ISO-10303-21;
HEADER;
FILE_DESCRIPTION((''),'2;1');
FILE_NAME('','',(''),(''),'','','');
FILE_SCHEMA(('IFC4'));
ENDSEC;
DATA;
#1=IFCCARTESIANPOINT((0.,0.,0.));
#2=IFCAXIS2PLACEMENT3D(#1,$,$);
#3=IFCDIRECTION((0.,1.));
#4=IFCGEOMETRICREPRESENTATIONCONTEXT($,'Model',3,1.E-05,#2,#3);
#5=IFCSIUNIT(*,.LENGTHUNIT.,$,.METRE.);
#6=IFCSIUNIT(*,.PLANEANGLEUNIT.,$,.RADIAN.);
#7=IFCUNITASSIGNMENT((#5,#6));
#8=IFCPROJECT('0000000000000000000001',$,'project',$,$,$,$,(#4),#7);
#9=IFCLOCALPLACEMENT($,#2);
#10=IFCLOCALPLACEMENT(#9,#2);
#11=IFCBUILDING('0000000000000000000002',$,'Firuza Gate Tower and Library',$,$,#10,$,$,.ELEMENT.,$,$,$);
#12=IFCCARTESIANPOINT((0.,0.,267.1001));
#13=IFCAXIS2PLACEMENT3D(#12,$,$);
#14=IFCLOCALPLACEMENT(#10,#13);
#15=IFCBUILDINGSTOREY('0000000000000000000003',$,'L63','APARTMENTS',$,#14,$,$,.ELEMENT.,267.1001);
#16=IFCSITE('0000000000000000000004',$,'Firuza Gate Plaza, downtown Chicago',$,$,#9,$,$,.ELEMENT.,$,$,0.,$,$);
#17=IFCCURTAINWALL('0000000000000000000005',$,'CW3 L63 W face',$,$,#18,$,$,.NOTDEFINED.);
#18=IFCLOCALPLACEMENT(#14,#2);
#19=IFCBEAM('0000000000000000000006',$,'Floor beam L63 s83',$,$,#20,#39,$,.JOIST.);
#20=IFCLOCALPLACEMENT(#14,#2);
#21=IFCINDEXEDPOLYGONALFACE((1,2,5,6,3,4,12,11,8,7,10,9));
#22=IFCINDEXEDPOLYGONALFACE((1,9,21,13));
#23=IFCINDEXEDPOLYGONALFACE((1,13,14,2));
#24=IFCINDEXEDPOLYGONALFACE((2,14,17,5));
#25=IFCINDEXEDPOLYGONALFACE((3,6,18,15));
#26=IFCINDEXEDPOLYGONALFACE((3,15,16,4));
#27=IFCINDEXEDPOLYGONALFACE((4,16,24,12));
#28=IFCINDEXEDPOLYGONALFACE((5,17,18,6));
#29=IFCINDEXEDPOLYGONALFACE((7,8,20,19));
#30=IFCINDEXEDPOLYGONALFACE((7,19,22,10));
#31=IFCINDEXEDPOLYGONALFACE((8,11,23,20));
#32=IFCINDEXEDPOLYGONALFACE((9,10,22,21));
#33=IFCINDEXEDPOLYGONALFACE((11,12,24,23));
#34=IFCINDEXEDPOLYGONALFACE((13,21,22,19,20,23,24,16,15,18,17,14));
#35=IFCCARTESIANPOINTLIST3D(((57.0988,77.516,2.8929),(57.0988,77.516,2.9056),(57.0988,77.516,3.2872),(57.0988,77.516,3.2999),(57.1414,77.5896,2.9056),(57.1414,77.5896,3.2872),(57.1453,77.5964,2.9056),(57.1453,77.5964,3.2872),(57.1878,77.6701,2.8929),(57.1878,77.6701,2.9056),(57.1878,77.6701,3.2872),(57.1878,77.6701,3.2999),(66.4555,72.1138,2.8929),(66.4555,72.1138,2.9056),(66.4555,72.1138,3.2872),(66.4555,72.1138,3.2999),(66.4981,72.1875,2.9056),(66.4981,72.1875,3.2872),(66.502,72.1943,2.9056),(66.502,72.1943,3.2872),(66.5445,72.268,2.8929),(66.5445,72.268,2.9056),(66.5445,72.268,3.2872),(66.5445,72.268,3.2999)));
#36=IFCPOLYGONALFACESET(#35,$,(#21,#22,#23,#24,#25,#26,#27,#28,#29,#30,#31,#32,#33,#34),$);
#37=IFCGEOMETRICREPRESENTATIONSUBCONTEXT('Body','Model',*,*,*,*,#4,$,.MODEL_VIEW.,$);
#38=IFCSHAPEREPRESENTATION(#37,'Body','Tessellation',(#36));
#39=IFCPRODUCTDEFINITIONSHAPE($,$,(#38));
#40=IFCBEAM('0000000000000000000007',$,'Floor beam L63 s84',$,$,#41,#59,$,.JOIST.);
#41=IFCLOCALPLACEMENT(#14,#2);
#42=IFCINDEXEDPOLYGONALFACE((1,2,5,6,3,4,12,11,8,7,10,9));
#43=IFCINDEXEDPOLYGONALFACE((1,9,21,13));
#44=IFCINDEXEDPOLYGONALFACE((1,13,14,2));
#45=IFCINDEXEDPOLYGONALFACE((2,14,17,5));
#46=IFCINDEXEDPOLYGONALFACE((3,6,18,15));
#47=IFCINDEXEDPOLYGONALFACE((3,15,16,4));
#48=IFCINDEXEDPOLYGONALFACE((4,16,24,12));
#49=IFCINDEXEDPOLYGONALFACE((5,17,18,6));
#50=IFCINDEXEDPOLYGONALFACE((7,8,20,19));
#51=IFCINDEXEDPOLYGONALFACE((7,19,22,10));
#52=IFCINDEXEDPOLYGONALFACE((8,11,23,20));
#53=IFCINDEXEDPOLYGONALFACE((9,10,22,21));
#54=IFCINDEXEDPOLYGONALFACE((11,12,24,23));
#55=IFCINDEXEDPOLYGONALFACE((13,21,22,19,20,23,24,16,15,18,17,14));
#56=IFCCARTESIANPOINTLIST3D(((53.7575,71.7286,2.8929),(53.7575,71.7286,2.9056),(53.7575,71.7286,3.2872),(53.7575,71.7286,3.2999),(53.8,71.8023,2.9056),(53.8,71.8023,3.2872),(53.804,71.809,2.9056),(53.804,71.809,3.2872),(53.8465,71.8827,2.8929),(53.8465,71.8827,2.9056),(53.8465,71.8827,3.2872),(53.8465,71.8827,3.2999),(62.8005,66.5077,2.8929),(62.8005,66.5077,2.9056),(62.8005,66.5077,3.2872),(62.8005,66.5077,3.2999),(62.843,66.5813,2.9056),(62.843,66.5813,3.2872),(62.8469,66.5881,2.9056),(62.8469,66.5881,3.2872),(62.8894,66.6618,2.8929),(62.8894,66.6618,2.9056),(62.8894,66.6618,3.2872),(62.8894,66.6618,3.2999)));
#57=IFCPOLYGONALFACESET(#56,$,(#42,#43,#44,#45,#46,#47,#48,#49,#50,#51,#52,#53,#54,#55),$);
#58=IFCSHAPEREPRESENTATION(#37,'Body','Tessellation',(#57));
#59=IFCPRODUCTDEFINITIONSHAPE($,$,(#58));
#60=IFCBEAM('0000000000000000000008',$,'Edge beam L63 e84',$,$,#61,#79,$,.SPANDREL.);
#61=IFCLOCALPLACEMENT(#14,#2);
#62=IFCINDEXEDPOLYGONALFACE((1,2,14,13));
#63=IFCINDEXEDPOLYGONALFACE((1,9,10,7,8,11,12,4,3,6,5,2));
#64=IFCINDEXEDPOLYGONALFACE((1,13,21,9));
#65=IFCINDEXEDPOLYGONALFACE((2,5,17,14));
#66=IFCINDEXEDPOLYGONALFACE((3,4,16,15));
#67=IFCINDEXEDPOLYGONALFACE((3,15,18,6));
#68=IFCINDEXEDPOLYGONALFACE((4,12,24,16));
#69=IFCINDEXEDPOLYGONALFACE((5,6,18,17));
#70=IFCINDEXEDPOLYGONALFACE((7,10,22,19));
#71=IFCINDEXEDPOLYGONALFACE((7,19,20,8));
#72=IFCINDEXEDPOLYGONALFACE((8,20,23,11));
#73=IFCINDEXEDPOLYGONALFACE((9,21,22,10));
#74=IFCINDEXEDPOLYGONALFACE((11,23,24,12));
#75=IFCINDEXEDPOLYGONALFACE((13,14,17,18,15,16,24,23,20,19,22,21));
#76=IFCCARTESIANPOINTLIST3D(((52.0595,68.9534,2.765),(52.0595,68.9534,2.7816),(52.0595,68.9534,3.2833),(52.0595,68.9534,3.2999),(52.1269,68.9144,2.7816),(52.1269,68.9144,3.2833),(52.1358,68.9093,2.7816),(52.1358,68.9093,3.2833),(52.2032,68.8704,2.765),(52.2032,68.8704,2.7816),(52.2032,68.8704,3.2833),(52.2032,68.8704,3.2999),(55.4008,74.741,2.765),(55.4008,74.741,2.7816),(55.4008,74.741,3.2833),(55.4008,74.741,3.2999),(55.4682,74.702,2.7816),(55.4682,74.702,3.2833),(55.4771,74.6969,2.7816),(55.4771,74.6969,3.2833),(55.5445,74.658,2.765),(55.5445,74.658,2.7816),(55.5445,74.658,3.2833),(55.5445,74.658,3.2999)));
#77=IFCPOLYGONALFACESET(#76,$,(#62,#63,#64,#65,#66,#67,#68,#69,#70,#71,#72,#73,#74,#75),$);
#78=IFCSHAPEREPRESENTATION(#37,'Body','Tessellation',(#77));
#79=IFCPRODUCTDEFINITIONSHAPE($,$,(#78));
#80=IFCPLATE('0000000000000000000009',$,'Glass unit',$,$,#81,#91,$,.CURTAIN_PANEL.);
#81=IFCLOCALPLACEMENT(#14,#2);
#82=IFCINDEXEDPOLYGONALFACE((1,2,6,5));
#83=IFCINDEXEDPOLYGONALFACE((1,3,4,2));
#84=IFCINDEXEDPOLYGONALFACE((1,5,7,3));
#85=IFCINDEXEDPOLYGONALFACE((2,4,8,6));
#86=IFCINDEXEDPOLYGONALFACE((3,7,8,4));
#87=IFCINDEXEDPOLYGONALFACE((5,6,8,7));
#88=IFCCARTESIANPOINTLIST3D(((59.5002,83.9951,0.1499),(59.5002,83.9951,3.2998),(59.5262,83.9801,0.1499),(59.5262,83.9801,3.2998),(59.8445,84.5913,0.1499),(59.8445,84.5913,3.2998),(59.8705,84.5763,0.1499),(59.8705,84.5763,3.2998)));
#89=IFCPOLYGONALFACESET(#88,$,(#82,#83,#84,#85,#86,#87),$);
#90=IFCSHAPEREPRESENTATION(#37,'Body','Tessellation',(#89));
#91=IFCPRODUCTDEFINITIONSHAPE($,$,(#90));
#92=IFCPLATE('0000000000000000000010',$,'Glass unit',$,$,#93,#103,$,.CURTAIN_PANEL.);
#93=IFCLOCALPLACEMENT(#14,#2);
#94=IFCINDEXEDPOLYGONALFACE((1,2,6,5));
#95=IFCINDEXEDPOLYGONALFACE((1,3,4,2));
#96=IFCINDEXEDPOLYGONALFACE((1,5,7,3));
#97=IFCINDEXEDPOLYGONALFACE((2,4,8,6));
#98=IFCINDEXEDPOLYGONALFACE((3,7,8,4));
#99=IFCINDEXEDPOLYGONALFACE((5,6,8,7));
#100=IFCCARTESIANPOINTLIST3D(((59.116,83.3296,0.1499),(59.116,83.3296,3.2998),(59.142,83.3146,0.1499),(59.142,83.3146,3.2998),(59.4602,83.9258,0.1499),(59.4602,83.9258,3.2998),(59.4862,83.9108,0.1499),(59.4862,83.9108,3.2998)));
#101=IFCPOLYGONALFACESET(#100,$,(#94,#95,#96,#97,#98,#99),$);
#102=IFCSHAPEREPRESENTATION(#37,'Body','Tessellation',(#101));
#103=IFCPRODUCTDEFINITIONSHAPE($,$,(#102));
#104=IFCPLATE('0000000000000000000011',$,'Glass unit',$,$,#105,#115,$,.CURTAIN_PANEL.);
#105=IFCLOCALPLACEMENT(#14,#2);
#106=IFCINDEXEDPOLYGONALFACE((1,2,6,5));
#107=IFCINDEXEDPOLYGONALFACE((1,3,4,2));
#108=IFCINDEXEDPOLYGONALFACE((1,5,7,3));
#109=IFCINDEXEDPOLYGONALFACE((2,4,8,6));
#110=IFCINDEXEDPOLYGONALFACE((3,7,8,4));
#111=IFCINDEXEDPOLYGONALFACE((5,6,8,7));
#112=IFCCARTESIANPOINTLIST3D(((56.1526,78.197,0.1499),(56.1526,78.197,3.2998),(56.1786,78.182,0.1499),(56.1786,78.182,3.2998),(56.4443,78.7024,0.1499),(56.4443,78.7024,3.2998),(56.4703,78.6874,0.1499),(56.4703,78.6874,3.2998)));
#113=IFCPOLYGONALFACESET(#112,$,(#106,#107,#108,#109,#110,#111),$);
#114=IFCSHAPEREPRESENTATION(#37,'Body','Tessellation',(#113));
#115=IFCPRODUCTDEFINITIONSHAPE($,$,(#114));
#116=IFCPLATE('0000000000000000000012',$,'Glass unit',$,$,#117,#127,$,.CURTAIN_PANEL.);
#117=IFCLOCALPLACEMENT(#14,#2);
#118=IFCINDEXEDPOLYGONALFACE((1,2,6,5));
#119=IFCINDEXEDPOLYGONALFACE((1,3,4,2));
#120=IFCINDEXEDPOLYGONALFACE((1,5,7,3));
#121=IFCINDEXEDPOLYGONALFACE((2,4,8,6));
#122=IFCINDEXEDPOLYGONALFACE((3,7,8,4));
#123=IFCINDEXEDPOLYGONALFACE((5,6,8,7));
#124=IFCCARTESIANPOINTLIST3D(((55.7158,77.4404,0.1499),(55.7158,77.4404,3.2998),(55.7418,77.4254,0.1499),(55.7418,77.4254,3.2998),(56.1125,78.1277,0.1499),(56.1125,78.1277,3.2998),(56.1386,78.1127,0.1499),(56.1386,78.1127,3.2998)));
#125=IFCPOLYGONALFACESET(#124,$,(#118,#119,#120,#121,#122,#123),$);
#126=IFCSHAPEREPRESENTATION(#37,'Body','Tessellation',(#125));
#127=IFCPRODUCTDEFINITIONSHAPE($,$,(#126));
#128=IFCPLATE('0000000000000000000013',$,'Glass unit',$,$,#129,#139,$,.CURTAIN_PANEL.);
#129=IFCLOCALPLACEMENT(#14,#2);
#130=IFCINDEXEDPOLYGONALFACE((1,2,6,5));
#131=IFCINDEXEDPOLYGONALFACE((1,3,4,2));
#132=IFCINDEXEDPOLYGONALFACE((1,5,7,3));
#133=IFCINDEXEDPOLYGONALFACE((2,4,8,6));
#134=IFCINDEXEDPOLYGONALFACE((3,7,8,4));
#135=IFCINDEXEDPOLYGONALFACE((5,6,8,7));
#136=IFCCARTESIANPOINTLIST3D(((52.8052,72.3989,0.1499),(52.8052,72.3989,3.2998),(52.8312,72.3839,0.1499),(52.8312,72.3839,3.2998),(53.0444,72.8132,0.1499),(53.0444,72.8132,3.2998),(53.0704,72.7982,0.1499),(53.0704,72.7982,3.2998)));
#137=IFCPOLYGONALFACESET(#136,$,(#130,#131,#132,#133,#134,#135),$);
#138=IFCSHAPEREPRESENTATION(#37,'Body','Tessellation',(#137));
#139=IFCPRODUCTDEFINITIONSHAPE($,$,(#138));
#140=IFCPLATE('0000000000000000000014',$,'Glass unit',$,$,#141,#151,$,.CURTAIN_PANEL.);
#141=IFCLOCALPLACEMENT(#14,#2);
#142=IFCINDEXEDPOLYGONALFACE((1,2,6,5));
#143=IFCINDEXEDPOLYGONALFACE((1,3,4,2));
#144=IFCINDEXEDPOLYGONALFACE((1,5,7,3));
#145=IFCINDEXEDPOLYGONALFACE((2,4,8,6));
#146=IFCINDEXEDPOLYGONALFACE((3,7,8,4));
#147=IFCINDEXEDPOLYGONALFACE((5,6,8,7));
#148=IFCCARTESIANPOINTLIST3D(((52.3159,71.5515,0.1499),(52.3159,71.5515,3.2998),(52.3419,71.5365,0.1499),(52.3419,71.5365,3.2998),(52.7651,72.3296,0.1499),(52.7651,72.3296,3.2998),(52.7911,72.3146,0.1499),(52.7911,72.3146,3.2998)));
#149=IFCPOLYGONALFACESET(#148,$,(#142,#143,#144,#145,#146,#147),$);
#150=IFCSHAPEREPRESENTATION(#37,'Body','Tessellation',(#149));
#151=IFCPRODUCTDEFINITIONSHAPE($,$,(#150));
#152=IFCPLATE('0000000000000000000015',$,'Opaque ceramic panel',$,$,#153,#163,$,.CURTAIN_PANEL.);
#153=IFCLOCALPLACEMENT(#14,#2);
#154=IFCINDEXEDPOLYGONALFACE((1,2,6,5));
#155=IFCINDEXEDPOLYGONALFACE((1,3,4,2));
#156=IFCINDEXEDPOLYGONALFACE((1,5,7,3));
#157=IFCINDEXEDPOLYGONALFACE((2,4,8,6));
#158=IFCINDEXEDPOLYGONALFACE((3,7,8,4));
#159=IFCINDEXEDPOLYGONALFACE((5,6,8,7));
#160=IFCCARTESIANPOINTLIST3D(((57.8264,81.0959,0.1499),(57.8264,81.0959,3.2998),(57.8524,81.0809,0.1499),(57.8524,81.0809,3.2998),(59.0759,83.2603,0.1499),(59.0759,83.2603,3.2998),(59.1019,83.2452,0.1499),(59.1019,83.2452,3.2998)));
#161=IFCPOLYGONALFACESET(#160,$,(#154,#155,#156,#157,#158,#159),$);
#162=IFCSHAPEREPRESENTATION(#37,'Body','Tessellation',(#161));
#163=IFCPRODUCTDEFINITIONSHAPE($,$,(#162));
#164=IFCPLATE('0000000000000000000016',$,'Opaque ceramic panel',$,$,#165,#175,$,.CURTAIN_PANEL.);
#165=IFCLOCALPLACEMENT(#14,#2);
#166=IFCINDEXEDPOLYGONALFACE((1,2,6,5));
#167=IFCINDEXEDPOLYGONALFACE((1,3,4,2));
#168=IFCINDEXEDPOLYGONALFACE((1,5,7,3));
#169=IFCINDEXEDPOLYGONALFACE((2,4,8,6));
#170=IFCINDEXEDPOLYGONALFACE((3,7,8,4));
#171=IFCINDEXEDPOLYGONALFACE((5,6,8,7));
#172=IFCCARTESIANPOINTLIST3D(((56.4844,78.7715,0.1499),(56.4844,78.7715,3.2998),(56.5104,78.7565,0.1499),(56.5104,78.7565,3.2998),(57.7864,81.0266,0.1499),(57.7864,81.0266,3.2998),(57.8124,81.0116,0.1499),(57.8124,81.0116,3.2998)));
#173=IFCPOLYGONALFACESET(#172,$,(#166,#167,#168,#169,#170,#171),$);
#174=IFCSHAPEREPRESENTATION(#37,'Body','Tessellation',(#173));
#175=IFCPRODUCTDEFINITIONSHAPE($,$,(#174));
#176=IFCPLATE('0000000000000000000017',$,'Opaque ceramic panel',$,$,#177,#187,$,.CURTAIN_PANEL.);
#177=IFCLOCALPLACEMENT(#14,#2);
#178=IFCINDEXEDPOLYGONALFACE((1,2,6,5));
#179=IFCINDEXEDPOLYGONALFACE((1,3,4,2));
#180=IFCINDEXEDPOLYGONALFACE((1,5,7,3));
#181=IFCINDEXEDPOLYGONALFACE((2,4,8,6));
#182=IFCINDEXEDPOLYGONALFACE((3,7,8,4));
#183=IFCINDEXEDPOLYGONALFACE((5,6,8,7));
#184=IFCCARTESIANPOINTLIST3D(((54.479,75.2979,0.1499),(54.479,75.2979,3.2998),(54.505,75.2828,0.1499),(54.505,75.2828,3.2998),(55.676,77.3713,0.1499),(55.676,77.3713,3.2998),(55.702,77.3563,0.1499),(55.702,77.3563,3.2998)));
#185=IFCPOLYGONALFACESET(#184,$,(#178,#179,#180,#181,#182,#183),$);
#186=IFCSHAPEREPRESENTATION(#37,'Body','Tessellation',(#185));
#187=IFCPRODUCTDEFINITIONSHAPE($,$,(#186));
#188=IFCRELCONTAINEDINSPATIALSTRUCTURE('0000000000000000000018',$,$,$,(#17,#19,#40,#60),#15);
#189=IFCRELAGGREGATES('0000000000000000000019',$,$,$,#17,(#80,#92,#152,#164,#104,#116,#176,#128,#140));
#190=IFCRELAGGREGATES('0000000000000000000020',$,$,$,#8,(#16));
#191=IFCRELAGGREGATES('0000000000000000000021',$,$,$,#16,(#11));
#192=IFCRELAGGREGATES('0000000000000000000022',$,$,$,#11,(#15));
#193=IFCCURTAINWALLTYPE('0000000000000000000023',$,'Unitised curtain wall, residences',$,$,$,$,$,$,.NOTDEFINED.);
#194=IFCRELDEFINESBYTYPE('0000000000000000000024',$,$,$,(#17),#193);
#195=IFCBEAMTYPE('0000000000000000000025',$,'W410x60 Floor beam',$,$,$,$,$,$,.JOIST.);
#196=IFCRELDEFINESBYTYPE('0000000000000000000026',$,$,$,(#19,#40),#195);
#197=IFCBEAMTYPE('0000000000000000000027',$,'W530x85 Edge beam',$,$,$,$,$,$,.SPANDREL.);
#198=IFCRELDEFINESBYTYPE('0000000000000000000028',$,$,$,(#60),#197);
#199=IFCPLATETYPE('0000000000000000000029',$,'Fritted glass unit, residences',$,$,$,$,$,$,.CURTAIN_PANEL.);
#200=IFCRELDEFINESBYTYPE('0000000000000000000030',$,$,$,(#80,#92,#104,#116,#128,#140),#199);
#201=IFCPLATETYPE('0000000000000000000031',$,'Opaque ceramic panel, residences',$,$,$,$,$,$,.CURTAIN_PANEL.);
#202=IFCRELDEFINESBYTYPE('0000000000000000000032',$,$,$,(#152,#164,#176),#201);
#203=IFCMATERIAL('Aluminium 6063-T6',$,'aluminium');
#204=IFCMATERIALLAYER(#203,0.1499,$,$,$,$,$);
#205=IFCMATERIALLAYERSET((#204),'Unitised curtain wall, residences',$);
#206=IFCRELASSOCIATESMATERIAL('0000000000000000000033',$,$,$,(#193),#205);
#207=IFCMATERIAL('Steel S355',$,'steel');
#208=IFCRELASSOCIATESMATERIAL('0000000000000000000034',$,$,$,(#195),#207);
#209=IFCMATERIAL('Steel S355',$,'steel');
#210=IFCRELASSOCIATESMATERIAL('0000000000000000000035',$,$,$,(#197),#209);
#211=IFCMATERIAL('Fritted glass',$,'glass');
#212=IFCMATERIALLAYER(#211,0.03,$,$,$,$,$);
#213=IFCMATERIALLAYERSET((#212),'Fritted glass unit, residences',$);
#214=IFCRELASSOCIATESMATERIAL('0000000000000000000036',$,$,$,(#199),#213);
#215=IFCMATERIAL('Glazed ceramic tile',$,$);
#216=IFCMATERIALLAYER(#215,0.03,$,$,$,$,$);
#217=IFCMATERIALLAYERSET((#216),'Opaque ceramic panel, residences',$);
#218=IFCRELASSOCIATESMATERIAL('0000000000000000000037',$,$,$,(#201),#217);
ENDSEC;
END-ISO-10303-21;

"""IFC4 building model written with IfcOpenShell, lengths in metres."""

from ifc_helpers import new_model, si_unit, direction, frame, origin, origin_2d, place, context, subcontext, project, spatial, polyline, i_section, outline, extrude, material, layer, layer_set, material_profile, profile_set, type_object, element, aggregate, save


model = new_model("IFC4")

# Units and contexts
model_context = context("Model", 3, precision=1e-05, world=origin(), true_north=direction((0.0, 1.0)))
body_context = subcontext(model_context, "Body", "Model", "MODEL_VIEW")
ifc_project = project(units=[si_unit("LENGTHUNIT", "METRE"), si_unit("PLANEANGLEUNIT", "RADIAN")], contexts=[model_context])

# Site, building, storey
site_placement = place(None, origin())
site = spatial("IfcSite", under=ifc_project, at=site_placement, Name="Firuza Gate Plaza, downtown Chicago", CompositionType="ELEMENT", RefElevation=0.0)
building_placement = place(site_placement, origin())
building = spatial("IfcBuilding", under=site, at=building_placement, Name="Firuza Gate Tower and Library", CompositionType="ELEMENT")
storey_placement = place(building_placement, frame((0.0, 0.0, 267.1001)))
storey = spatial("IfcBuildingStorey", under=building, at=storey_placement, Name="L63", Description="APARTMENTS", CompositionType="ELEMENT", Elevation=267.1001)

# Curtain wall
ifc_material_1 = material(Name="Aluminium 6063-T6", Category="aluminium")
ifc_layer_1 = layer(ifc_material_1, 0.1499)
ifc_layer_set_1 = layer_set([ifc_layer_1], Name="Unitised curtain wall, residences")
curtain_wall_type = type_object("IfcCurtainWallType", Name="Unitised curtain wall, residences", PredefinedType="NOTDEFINED", material=ifc_layer_set_1)
curtain_wall_placement = place(storey_placement, origin())
curtain_wall = element("IfcCurtainWall", 1, at=curtain_wall_placement, inside=storey, type_object=curtain_wall_type, Name="CW3 L63 W face", PredefinedType="NOTDEFINED")

# Beams
ifc_material_2 = material(Name="Steel S355", Category="steel")
ifc_material_profile_1 = material_profile(ifc_material_2, i_section(OverallWidth=0.178, OverallDepth=0.407, WebThickness=0.0078, FlangeThickness=0.0127, at=origin_2d()))
ifc_profile_set_1 = profile_set([ifc_material_profile_1], Name="Steel S355")
beam_type_1 = type_object("IfcBeamType", Name="W410x60 Floor beam", PredefinedType="JOIST", material=ifc_profile_set_1)
beam_1_placement = place(storey_placement, frame((57.1433, 77.593, 3.0964), z_axis=(0.866025, -0.500001, 0.0), x_axis=(0.500001, 0.866025, 0.0)))
element("IfcBeam", 2, at=beam_1_placement, inside=storey, type_object=beam_type_1, Name="Floor beam L63 s83", PredefinedType="JOIST", context=body_context, shape_type="SweptSolid", body=[
    extrude(i_section(OverallWidth=0.178, OverallDepth=0.407, WebThickness=0.0078, FlangeThickness=0.0127, at=origin_2d()), origin(), (0.0, 0.0, 1.0), 10.8042),
])
beam_2_placement = place(storey_placement, frame((53.802, 71.8057, 3.0964), z_axis=(0.866026, -0.499999, 0.0), x_axis=(0.499999, 0.866026, 0.0)))
element("IfcBeam", 3, at=beam_2_placement, inside=storey, type_object=beam_type_1, Name="Floor beam L63 s84", PredefinedType="JOIST", context=body_context, shape_type="SweptSolid", body=[
    extrude(i_section(OverallWidth=0.178, OverallDepth=0.407, WebThickness=0.0078, FlangeThickness=0.0127, at=origin_2d()), origin(), (0.0, 0.0, 1.0), 10.4419),
])
ifc_material_3 = material(Name="Steel S355", Category="steel")
ifc_material_profile_2 = material_profile(ifc_material_3, i_section(OverallWidth=0.166, OverallDepth=0.5349, WebThickness=0.0103, FlangeThickness=0.0166, at=origin_2d()))
ifc_profile_set_2 = profile_set([ifc_material_profile_2], Name="Steel S355")
beam_type_2 = type_object("IfcBeamType", Name="W530x85 Edge beam", PredefinedType="SPANDREL", material=ifc_profile_set_2)
beam_3_placement = place(storey_placement, frame((55.4727, 74.6995, 3.0325), z_axis=(-0.499982, -0.866036, 0.0), x_axis=(0.866036, -0.499982, 0.0)))
element("IfcBeam", 4, at=beam_3_placement, inside=storey, type_object=beam_type_2, Name="Edge beam L63 e84", PredefinedType="SPANDREL", context=body_context, shape_type="SweptSolid", body=[
    extrude(i_section(OverallWidth=0.166, OverallDepth=0.5349, WebThickness=0.0103, FlangeThickness=0.0166, at=origin_2d()), origin(), (0.0, 0.0, 1.0), 6.6829),
])

# Plates
ifc_material_4 = material(Name="Fritted glass", Category="glass")
ifc_layer_2 = layer(ifc_material_4, 0.03)
ifc_layer_set_2 = layer_set([ifc_layer_2], Name="Fritted glass unit, residences")
plate_type_1 = type_object("IfcPlateType", Name="Fritted glass unit, residences", PredefinedType="CURTAIN_PANEL", material=ifc_layer_set_2)
plate_1_placement = place(storey_placement, frame((59.8445, 84.5913, 0.1499), z_axis=(-0.866008, 0.500029, 0.0), x_axis=(-0.500029, -0.866008, 0.0)))
plate_1 = element("IfcPlate", 5, at=plate_1_placement, type_object=plate_type_1, Name="Glass unit", PredefinedType="CURTAIN_PANEL", context=body_context, shape_type="SweptSolid", body=[
    extrude(outline(polyline([(0.0, 0.0), (0.6884, 0.0), (0.6884, 3.1499), (0.0, 3.1499), (0.0, 0.0)])), origin(), (0.0, 0.0, -1.0), 0.03),
])
plate_2_placement = place(storey_placement, frame((59.4602, 83.9258, 0.1499), z_axis=(-0.866008, 0.500029, 0.0), x_axis=(-0.500029, -0.866008, 0.0)))
plate_2 = element("IfcPlate", 6, at=plate_2_placement, type_object=plate_type_1, Name="Glass unit", PredefinedType="CURTAIN_PANEL", context=body_context, shape_type="SweptSolid", body=[
    extrude(outline(polyline([(0.0, 0.0), (0.6884, 0.0), (0.6884, 3.1499), (0.0, 3.1499), (0.0, 0.0)])), origin(), (0.0, 0.0, -1.0), 0.03),
])
plate_3_placement = place(storey_placement, frame((56.4443, 78.7024, 0.1499), z_axis=(-0.866046, 0.499964, 0.0), x_axis=(-0.499964, -0.866046, 0.0)))
plate_3 = element("IfcPlate", 7, at=plate_3_placement, type_object=plate_type_1, Name="Glass unit", PredefinedType="CURTAIN_PANEL", context=body_context, shape_type="SweptSolid", body=[
    extrude(outline(polyline([(0.0, 0.0), (0.5835, 0.0), (0.5835, 3.1499), (0.0, 3.1499), (0.0, 0.0)])), origin(), (0.0, 0.0, -1.0), 0.03),
])
plate_4_placement = place(storey_placement, frame((56.1125, 78.1277, 0.1499), z_axis=(-0.866058, 0.499944, 0.0), x_axis=(-0.499944, -0.866058, 0.0)))
plate_4 = element("IfcPlate", 8, at=plate_4_placement, type_object=plate_type_1, Name="Glass unit", PredefinedType="CURTAIN_PANEL", context=body_context, shape_type="SweptSolid", body=[
    extrude(outline(polyline([(0.0, 0.0), (0.7935, 0.0), (0.7935, 3.1499), (0.0, 3.1499), (0.0, 0.0)])), origin(), (0.0, 0.0, -1.0), 0.03),
])
plate_5_placement = place(storey_placement, frame((53.0444, 72.8132, 0.1499), z_axis=(-0.865973, 0.500091, 0.0), x_axis=(-0.500091, -0.865973, 0.0)))
plate_5 = element("IfcPlate", 9, at=plate_5_placement, type_object=plate_type_1, Name="Glass unit", PredefinedType="CURTAIN_PANEL", context=body_context, shape_type="SweptSolid", body=[
    extrude(outline(polyline([(0.0, 0.0), (0.4784, 0.0), (0.4784, 3.1499), (0.0, 3.1499), (0.0, 0.0)])), origin(), (0.0, 0.0, -1.0), 0.03),
])
plate_6_placement = place(storey_placement, frame((52.7651, 72.3296, 0.1499), z_axis=(-0.866027, 0.499997, 0.0), x_axis=(-0.499997, -0.866027, 0.0)))
plate_6 = element("IfcPlate", 10, at=plate_6_placement, type_object=plate_type_1, Name="Glass unit", PredefinedType="CURTAIN_PANEL", context=body_context, shape_type="SweptSolid", body=[
    extrude(outline(polyline([(0.0, 0.0), (0.8984, 0.0), (0.8984, 3.1499), (0.0, 3.1499), (0.0, 0.0)])), origin(), (0.0, 0.0, -1.0), 0.03),
])
ifc_material_5 = material(Name="Glazed ceramic tile")
ifc_layer_3 = layer(ifc_material_5, 0.03)
ifc_layer_set_3 = layer_set([ifc_layer_3], Name="Opaque ceramic panel, residences")
plate_type_2 = type_object("IfcPlateType", Name="Opaque ceramic panel, residences", PredefinedType="CURTAIN_PANEL", material=ifc_layer_set_3)
plate_7_placement = place(storey_placement, frame((59.0759, 83.2603, 0.1499), z_axis=(-0.866034, 0.499985, 0.0), x_axis=(-0.499985, -0.866034, 0.0)))
plate_7 = element("IfcPlate", 11, at=plate_7_placement, type_object=plate_type_2, Name="Opaque ceramic panel", PredefinedType="CURTAIN_PANEL", context=body_context, shape_type="SweptSolid", body=[
    extrude(outline(polyline([(0.0, 0.0), (2.4991, 0.0), (2.4991, 3.1499), (0.0, 3.1499), (0.0, 0.0)])), origin(), (0.0, 0.0, -1.0), 0.03),
])
plate_8_placement = place(storey_placement, frame((57.7864, 81.0266, 0.1499), z_axis=(-0.866025, 0.500001, 0.0), x_axis=(-0.500001, -0.866025, 0.0)))
plate_8 = element("IfcPlate", 12, at=plate_8_placement, type_object=plate_type_2, Name="Opaque ceramic panel", PredefinedType="CURTAIN_PANEL", context=body_context, shape_type="SweptSolid", body=[
    extrude(outline(polyline([(0.0, 0.0), (2.604, 0.0), (2.604, 3.1499), (0.0, 3.1499), (0.0, 0.0)])), origin(), (0.0, 0.0, -1.0), 0.03),
])
plate_9_placement = place(storey_placement, frame((55.676, 77.3713, 0.1499), z_axis=(-0.866045, 0.499967, 0.0), x_axis=(-0.499967, -0.866045, 0.0)))
plate_9 = element("IfcPlate", 13, at=plate_9_placement, type_object=plate_type_2, Name="Opaque ceramic panel", PredefinedType="CURTAIN_PANEL", context=body_context, shape_type="SweptSolid", body=[
    extrude(outline(polyline([(0.0, 0.0), (2.3942, 0.0), (2.3942, 3.1499), (0.0, 3.1499), (0.0, 0.0)])), origin(), (0.0, 0.0, -1.0), 0.03),
])
aggregate(curtain_wall, [plate_1, plate_2, plate_7, plate_8, plate_3, plate_4, plate_9, plate_5, plate_6])

save(model, "model.ifc")
